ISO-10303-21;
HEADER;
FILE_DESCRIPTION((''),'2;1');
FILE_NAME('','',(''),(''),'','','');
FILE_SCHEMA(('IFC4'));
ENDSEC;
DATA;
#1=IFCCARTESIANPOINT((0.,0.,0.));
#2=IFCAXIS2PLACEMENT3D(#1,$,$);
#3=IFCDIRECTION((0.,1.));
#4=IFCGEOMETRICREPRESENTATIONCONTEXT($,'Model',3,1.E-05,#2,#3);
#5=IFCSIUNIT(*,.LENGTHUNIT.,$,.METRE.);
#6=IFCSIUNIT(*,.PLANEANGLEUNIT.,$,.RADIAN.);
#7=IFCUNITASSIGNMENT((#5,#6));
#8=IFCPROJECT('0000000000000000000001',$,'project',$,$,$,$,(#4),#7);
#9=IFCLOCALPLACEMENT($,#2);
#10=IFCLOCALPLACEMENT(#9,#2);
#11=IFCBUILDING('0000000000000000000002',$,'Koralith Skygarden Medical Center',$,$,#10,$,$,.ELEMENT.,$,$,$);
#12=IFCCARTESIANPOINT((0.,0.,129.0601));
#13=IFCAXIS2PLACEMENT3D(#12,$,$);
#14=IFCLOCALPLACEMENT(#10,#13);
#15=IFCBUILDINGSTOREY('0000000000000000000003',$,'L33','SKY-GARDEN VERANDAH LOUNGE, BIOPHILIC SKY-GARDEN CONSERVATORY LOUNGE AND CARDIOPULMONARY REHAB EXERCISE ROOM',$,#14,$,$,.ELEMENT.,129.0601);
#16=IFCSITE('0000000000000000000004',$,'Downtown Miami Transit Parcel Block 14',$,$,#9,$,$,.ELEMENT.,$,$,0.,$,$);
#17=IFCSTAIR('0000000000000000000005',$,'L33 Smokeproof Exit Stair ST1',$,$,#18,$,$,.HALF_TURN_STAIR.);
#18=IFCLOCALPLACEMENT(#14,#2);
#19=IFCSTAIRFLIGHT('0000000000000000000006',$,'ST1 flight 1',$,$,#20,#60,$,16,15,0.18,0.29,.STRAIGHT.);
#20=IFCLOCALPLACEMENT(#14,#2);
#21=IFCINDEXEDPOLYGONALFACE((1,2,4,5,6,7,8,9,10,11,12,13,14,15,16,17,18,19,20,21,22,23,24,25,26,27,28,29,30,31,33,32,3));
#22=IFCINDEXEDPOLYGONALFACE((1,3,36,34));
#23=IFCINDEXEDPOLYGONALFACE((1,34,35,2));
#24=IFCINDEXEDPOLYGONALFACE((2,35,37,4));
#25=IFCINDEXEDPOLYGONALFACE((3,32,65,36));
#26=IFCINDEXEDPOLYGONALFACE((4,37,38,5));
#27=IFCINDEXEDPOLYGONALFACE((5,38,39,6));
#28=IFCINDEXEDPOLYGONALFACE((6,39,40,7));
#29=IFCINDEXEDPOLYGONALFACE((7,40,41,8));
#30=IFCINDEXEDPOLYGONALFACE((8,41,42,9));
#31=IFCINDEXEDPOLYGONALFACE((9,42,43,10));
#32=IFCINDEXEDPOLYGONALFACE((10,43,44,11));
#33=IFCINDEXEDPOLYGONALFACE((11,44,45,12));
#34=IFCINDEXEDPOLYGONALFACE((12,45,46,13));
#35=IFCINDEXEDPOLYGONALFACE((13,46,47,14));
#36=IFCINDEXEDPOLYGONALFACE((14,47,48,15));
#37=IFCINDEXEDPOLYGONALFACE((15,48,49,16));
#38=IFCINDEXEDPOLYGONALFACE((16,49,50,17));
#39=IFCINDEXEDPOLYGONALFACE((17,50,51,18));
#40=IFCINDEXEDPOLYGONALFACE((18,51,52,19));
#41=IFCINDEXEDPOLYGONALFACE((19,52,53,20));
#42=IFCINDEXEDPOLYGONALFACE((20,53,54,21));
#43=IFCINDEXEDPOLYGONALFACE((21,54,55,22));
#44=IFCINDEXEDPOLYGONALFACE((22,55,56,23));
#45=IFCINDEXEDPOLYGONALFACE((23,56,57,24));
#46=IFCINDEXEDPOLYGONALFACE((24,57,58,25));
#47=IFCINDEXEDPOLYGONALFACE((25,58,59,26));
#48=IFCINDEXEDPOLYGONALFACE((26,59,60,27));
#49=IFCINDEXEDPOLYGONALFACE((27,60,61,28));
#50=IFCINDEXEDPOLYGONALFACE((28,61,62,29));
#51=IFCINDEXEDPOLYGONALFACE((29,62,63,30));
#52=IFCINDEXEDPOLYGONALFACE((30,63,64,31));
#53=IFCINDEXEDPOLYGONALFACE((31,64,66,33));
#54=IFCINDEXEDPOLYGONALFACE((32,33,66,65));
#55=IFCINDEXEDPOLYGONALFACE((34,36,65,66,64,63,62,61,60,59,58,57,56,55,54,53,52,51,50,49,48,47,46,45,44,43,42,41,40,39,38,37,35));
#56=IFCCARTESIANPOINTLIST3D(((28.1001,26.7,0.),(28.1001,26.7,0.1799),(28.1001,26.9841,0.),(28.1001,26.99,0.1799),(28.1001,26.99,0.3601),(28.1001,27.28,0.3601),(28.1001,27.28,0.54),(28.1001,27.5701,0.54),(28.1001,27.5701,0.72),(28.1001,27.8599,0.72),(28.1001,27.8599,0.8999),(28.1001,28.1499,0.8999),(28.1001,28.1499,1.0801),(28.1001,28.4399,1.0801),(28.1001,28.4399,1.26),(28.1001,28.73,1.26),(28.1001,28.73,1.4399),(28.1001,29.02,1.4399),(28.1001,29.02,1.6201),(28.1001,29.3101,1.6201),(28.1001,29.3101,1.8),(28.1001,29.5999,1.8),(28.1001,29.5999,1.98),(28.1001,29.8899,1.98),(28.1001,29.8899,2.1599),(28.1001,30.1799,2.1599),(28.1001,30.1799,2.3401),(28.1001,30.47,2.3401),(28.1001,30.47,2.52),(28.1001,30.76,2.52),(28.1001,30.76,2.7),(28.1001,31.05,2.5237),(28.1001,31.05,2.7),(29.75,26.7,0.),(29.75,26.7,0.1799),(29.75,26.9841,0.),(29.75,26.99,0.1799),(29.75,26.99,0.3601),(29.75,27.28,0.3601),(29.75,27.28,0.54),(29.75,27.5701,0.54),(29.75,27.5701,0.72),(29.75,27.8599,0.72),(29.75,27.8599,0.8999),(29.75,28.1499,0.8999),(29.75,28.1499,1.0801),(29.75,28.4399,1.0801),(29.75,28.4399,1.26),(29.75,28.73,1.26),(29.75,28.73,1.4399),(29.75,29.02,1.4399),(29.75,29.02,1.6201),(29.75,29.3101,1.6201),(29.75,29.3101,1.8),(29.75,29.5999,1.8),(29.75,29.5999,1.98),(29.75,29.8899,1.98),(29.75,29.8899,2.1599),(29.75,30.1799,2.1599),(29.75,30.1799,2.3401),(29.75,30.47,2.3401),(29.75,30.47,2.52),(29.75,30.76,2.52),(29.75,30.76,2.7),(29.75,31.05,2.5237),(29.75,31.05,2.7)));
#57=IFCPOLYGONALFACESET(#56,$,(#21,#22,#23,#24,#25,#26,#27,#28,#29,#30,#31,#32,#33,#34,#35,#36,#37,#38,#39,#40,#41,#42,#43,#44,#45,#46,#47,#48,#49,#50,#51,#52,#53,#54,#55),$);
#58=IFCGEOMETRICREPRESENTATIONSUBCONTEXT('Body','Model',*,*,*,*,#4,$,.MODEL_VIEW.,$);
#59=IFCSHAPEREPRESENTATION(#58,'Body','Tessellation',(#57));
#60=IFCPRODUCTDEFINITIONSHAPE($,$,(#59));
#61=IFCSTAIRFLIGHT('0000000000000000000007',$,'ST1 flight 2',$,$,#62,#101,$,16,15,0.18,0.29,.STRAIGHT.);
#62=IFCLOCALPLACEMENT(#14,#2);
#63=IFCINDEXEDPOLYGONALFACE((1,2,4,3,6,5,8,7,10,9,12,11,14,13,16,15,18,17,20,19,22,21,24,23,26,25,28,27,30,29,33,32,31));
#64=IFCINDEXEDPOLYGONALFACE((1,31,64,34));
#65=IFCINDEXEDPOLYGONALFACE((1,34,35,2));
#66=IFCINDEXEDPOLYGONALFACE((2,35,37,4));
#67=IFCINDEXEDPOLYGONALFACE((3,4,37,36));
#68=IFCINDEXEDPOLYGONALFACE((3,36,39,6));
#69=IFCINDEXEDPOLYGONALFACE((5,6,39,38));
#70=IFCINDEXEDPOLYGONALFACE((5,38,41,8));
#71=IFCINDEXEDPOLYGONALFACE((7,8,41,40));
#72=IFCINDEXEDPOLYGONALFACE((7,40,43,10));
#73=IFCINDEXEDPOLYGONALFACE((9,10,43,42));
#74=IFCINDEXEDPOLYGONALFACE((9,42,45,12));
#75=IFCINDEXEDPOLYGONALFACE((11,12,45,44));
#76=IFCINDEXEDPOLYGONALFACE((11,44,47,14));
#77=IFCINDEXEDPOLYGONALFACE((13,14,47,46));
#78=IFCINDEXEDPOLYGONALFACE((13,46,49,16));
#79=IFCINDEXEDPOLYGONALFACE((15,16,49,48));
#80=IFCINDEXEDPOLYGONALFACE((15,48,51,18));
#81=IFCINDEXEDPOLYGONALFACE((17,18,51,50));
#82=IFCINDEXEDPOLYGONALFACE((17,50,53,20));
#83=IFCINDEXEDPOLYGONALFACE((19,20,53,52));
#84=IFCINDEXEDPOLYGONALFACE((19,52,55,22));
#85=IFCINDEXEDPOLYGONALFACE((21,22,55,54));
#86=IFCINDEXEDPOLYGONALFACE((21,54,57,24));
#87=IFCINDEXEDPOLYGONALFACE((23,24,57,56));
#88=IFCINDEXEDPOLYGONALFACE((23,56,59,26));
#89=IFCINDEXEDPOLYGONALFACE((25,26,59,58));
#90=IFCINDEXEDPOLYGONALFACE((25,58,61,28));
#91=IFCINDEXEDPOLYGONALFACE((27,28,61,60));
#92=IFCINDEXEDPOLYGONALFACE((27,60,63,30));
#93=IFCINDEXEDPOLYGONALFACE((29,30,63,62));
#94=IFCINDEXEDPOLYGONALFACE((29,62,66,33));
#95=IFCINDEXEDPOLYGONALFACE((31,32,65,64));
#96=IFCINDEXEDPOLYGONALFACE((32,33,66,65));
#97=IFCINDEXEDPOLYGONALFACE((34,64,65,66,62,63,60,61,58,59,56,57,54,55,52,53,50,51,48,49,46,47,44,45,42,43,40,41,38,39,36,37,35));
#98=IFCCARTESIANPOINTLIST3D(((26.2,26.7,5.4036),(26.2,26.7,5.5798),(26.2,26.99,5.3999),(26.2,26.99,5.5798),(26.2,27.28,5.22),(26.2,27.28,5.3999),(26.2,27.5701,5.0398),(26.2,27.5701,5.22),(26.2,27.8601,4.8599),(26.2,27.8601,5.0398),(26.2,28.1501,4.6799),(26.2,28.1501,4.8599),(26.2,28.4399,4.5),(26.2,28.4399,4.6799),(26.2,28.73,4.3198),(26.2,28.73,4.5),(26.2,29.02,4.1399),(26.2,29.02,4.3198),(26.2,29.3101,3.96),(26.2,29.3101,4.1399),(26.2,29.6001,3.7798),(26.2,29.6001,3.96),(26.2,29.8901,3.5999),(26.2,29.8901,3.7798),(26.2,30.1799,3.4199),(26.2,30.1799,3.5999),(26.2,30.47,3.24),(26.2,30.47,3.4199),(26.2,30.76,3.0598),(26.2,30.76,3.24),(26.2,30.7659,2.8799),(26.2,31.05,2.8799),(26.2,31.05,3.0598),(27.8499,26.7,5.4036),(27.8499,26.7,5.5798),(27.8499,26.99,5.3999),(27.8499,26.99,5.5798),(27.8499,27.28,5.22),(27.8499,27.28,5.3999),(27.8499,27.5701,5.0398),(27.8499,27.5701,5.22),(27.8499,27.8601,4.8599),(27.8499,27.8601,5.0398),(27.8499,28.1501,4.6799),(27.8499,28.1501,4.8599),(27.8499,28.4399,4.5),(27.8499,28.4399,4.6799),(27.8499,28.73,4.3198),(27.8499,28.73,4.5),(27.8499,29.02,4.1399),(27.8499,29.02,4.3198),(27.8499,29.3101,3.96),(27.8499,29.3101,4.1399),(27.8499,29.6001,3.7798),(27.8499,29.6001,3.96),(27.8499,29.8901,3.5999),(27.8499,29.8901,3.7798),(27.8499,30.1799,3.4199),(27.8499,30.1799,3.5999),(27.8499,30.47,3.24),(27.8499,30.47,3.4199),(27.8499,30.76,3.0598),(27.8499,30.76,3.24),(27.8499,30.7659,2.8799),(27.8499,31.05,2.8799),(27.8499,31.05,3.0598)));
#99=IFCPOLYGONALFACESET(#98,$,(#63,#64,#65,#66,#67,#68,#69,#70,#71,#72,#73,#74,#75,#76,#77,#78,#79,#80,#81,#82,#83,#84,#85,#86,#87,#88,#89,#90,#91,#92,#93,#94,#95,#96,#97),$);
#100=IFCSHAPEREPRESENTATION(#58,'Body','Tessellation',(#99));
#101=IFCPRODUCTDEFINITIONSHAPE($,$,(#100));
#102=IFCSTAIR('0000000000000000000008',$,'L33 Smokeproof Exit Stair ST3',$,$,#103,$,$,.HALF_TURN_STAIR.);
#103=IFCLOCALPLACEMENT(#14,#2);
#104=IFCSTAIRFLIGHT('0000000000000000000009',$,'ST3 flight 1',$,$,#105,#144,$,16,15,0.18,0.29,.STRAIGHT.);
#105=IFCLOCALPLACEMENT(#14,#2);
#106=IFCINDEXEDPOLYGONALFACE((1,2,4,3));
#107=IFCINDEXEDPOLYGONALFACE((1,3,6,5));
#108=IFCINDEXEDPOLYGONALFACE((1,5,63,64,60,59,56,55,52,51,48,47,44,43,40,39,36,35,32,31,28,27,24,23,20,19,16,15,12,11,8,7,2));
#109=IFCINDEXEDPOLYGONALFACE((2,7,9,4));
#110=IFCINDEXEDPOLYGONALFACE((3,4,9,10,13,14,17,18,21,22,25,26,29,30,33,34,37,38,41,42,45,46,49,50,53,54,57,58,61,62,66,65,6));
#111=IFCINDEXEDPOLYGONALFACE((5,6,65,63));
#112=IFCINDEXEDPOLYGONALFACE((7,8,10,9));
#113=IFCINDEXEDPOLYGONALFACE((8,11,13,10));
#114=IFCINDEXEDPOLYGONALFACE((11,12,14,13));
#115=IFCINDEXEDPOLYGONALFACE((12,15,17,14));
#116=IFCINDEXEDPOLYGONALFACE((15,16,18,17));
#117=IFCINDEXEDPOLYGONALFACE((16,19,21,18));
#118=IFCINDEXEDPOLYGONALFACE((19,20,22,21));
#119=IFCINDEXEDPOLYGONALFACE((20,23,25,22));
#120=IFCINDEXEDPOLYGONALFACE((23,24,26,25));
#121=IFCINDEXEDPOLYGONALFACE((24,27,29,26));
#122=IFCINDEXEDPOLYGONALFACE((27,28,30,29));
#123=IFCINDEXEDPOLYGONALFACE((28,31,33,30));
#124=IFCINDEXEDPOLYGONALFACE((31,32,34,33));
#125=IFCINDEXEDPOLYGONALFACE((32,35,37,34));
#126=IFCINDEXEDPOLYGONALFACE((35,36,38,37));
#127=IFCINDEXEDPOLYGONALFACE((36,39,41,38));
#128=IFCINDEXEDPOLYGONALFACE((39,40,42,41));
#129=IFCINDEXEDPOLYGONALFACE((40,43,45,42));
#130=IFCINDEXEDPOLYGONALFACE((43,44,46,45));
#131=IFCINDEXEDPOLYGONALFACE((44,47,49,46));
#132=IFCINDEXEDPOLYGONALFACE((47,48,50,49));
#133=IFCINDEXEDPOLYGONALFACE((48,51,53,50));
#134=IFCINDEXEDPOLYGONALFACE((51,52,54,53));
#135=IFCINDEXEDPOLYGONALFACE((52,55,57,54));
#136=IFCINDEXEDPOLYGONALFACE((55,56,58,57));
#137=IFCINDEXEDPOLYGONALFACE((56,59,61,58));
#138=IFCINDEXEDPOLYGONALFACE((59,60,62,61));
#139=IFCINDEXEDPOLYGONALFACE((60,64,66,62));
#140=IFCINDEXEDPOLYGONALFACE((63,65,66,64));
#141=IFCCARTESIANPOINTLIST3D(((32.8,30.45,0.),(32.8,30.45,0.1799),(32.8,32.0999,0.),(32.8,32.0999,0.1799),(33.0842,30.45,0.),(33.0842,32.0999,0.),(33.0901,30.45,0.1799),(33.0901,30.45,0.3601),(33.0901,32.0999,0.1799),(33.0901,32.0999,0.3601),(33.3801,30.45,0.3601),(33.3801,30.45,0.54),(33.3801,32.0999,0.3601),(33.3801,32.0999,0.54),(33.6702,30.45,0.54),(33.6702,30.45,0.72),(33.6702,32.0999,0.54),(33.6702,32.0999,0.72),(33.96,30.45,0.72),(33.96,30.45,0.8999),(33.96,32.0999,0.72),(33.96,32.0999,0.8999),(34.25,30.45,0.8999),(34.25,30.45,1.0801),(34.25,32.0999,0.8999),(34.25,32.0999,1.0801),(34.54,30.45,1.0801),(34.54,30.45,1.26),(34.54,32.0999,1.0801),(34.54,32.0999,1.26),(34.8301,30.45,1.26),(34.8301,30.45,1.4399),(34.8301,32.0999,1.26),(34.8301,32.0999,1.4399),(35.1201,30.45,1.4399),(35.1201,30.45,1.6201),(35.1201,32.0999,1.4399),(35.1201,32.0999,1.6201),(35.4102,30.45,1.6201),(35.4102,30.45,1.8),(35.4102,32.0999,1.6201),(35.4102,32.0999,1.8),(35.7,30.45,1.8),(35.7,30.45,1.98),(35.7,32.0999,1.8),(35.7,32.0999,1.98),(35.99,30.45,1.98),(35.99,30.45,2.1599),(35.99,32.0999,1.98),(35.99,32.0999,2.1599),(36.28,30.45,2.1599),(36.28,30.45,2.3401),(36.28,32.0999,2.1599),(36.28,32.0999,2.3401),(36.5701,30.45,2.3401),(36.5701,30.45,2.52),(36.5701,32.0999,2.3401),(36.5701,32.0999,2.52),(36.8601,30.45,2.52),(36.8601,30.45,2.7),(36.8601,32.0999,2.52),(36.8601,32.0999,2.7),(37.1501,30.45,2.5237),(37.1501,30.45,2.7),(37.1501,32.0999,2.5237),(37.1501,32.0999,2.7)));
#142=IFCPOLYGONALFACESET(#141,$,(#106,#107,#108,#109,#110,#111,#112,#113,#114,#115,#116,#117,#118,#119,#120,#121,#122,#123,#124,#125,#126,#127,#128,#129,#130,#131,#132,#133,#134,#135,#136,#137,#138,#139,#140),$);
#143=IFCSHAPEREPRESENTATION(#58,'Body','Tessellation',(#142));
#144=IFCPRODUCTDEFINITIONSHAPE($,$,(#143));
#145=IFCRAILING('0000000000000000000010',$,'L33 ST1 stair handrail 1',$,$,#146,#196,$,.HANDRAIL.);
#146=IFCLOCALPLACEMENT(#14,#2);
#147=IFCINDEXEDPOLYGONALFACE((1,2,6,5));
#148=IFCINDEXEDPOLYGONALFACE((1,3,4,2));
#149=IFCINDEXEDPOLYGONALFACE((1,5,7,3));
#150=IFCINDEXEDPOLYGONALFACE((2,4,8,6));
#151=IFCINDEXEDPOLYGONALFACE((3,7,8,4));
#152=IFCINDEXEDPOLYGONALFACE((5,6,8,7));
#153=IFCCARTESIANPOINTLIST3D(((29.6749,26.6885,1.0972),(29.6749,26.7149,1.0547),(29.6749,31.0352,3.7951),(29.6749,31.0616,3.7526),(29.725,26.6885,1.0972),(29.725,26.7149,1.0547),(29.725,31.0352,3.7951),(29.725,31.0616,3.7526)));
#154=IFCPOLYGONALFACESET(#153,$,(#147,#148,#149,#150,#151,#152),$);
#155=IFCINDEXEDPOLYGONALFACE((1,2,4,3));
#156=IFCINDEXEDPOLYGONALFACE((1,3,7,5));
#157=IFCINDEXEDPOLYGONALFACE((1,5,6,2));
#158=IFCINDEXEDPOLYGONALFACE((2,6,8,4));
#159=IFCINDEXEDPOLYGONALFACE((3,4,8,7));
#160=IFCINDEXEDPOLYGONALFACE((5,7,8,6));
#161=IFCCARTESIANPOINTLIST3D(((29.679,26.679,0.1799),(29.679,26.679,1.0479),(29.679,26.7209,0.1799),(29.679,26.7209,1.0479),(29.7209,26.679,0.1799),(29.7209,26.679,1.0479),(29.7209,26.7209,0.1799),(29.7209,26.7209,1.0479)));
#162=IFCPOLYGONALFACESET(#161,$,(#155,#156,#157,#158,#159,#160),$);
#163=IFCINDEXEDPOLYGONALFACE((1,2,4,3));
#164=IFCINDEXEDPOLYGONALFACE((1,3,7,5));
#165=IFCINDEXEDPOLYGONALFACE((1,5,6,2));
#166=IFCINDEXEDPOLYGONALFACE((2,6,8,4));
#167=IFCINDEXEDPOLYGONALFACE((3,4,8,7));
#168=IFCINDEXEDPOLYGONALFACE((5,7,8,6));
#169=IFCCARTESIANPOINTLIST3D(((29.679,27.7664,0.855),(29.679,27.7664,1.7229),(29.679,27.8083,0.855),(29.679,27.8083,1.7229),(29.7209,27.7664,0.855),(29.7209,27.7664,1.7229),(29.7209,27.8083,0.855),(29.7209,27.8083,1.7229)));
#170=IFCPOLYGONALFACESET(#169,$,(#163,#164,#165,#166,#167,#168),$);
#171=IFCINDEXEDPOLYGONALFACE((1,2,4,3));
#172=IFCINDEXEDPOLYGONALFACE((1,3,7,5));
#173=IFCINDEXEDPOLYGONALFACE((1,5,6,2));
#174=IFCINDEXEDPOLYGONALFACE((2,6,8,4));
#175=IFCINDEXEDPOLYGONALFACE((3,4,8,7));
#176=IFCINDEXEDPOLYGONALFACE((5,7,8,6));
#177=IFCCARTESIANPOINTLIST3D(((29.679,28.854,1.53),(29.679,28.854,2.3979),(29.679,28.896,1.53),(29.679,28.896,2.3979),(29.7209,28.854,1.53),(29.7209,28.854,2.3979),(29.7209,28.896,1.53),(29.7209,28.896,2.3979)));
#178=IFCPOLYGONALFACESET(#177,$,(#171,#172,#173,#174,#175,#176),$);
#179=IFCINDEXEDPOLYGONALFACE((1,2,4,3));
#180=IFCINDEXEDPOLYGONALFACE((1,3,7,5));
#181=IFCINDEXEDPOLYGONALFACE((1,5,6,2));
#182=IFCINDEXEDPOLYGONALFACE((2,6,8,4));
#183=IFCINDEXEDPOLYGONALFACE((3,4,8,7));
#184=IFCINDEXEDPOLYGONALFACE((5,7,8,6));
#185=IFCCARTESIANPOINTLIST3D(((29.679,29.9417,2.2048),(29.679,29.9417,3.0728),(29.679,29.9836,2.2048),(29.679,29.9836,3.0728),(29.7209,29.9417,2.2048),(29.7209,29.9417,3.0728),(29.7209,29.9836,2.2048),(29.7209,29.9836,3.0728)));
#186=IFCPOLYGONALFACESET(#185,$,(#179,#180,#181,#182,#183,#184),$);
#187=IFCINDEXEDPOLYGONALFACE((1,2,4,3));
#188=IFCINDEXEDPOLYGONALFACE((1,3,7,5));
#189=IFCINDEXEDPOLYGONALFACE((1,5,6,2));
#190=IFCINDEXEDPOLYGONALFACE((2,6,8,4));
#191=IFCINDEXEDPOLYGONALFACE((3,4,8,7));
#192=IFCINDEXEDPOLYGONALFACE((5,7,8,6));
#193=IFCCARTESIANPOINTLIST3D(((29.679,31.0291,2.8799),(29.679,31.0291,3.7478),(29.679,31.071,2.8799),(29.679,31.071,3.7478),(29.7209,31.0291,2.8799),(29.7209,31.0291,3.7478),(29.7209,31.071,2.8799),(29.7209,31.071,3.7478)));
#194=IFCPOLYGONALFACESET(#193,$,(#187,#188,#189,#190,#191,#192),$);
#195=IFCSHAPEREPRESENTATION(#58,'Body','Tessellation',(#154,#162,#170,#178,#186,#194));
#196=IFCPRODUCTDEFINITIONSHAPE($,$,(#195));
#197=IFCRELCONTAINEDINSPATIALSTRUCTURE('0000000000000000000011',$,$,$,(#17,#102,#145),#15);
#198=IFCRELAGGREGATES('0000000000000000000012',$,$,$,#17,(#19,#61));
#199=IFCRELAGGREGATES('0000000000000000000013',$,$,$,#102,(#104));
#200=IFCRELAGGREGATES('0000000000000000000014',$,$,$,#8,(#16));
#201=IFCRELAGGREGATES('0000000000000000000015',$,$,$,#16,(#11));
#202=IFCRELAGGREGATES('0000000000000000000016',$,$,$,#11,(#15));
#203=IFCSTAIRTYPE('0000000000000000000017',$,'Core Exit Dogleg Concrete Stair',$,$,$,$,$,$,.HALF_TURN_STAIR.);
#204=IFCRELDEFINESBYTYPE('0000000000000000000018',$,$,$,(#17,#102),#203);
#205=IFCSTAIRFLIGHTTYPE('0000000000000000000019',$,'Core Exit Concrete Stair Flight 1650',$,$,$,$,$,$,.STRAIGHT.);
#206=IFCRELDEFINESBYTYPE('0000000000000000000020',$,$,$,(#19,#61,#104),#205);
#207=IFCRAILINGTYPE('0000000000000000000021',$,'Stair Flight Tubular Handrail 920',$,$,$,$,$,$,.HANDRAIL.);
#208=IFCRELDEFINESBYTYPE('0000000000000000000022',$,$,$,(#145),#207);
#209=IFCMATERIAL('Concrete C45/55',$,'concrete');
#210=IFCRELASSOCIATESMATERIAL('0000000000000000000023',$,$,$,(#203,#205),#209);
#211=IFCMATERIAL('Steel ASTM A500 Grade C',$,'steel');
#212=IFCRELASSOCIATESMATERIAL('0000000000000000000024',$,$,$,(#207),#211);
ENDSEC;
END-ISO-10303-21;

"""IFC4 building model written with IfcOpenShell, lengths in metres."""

from ifc_helpers import new_model, si_unit, direction, frame, origin, origin_2d, place, context, subcontext, project, spatial, polyline, rectangle, outline, extrude, material, type_object, element, aggregate, save


model = new_model("IFC4")

# Units and contexts
model_context = context("Model", 3, precision=1e-05, world=origin(), true_north=direction((0.0, 1.0)))
body_context = subcontext(model_context, "Body", "Model", "MODEL_VIEW")
ifc_project = project(units=[si_unit("LENGTHUNIT", "METRE"), si_unit("PLANEANGLEUNIT", "RADIAN")], contexts=[model_context])

# Site, building, storey
site_placement = place(None, origin())
site = spatial("IfcSite", under=ifc_project, at=site_placement, Name="Downtown Miami Transit Parcel Block 14", CompositionType="ELEMENT", RefElevation=0.0)
building_placement = place(site_placement, origin())
building = spatial("IfcBuilding", under=site, at=building_placement, Name="Koralith Skygarden Medical Center", CompositionType="ELEMENT")
storey_placement = place(building_placement, frame((0.0, 0.0, 129.0601)))
storey = spatial("IfcBuildingStorey", under=building, at=storey_placement, Name="L33", Description="SKY-GARDEN VERANDAH LOUNGE, BIOPHILIC SKY-GARDEN CONSERVATORY LOUNGE AND CARDIOPULMONARY REHAB EXERCISE ROOM", CompositionType="ELEMENT", Elevation=129.0601)

# Shared definitions
ifc_material_1 = material(Name="Concrete C45/55", Category="concrete")

# Stair, stair flights
stair_type = type_object("IfcStairType", Name="Core Exit Dogleg Concrete Stair", PredefinedType="HALF_TURN_STAIR", material=ifc_material_1)
stair_1_placement = place(storey_placement, origin())
stair_1 = element("IfcStair", 1, at=stair_1_placement, inside=storey, type_object=stair_type, Name="L33 Smokeproof Exit Stair ST1", PredefinedType="HALF_TURN_STAIR")
stair_flight_type = type_object("IfcStairFlightType", Name="Core Exit Concrete Stair Flight 1650", PredefinedType="STRAIGHT", material=ifc_material_1)
stair_flight_1_placement = place(storey_placement, frame((28.925, 26.7, 0.0), z_axis=(0.0, 0.0, 1.0), x_axis=(0.0, 1.0, 0.0)))
stair_flight_1 = element("IfcStairFlight", 2, at=stair_flight_1_placement, type_object=stair_flight_type, Name="ST1 flight 1", NumberOfRisers=16, NumberOfTreads=15, PredefinedType="STRAIGHT", RiserHeight=0.18, TreadLength=0.29, context=body_context, shape_type="SweptSolid", body=[
    extrude(outline(polyline([(0.0, 0.0), (0.0, 0.1799), (0.29, 0.1799), (0.29, 0.3601), (0.5801, 0.3601), (0.5801, 0.54), (0.8701, 0.54), (0.8701, 0.72), (1.1599, 0.72), (1.1599, 0.8999), (1.45, 0.8999), (1.45, 1.0801), (1.74, 1.0801), (1.74, 1.26), (2.03, 1.26), (2.03, 1.4399), (2.3201, 1.4399), (2.3201, 1.6201), (2.6101, 1.6201), (2.6101, 1.8), (2.8999, 1.8), (2.8999, 1.98), (3.1899, 1.98), (3.1899, 2.1599), (3.48, 2.1599), (3.48, 2.3401), (3.77, 2.3401), (3.77, 2.52), (4.0601, 2.52), (4.0601, 2.7), (4.3501, 2.7), (4.3501, 2.8799), (4.3501, 2.5237), (0.2842, 0.0), (0.0, 0.0)])), frame((0.0, 0.825, 0.0), z_axis=(0.0, -1.0, 0.0), x_axis=(1.0, 0.0, 0.0)), (0.0, 0.0, 1.0), 1.6499),
])
stair_flight_2_placement = place(storey_placement, frame((27.0249, 31.05, 2.8799), z_axis=(0.0, 0.0, 1.0), x_axis=(0.0, -1.0, 0.0)))
stair_flight_2 = element("IfcStairFlight", 3, at=stair_flight_2_placement, type_object=stair_flight_type, Name="ST1 flight 2", NumberOfRisers=16, NumberOfTreads=15, PredefinedType="STRAIGHT", RiserHeight=0.18, TreadLength=0.29, context=body_context, shape_type="SweptSolid", body=[
    extrude(outline(polyline([(0.0, 0.0), (0.0, 0.1799), (0.29, 0.1799), (0.29, 0.3601), (0.5801, 0.3601), (0.5801, 0.54), (0.8701, 0.54), (0.8701, 0.72), (1.1599, 0.72), (1.1599, 0.8999), (1.45, 0.8999), (1.45, 1.0801), (1.74, 1.0801), (1.74, 1.26), (2.03, 1.26), (2.03, 1.4399), (2.3201, 1.4399), (2.3201, 1.6201), (2.6101, 1.6201), (2.6101, 1.8), (2.8999, 1.8), (2.8999, 1.98), (3.1899, 1.98), (3.1899, 2.1599), (3.48, 2.1599), (3.48, 2.3401), (3.77, 2.3401), (3.77, 2.52), (4.0601, 2.52), (4.0601, 2.7), (4.3501, 2.7), (4.3501, 2.8799), (4.3501, 2.5237), (0.2842, 0.0), (0.0, 0.0)])), frame((0.0, 0.825, 0.0), z_axis=(0.0, -1.0, 0.0), x_axis=(1.0, 0.0, 0.0)), (0.0, 0.0, 1.0), 1.6499),
])
aggregate(stair_1, [stair_flight_1, stair_flight_2])

# Stair, stair flight
stair_2_placement = place(storey_placement, origin())
stair_2 = element("IfcStair", 4, at=stair_2_placement, inside=storey, type_object=stair_type, Name="L33 Smokeproof Exit Stair ST3", PredefinedType="HALF_TURN_STAIR")
stair_flight_3_placement = place(storey_placement, frame((32.8, 31.2749, 0.0), z_axis=(0.0, 0.0, 1.0), x_axis=(1.0, 0.0, 0.0)))
stair_flight_3 = element("IfcStairFlight", 5, at=stair_flight_3_placement, type_object=stair_flight_type, Name="ST3 flight 1", NumberOfRisers=16, NumberOfTreads=15, PredefinedType="STRAIGHT", RiserHeight=0.18, TreadLength=0.29, context=body_context, shape_type="SweptSolid", body=[
    extrude(outline(polyline([(0.0, 0.0), (0.0, 0.1799), (0.29, 0.1799), (0.29, 0.3601), (0.5801, 0.3601), (0.5801, 0.54), (0.8701, 0.54), (0.8701, 0.72), (1.1599, 0.72), (1.1599, 0.8999), (1.45, 0.8999), (1.45, 1.0801), (1.74, 1.0801), (1.74, 1.26), (2.03, 1.26), (2.03, 1.4399), (2.3201, 1.4399), (2.3201, 1.6201), (2.6101, 1.6201), (2.6101, 1.8), (2.8999, 1.8), (2.8999, 1.98), (3.1899, 1.98), (3.1899, 2.1599), (3.48, 2.1599), (3.48, 2.3401), (3.77, 2.3401), (3.77, 2.52), (4.0601, 2.52), (4.0601, 2.7), (4.3501, 2.7), (4.3501, 2.8799), (4.3501, 2.5237), (0.2842, 0.0), (0.0, 0.0)])), frame((0.0, 0.825, 0.0), z_axis=(0.0, -1.0, 0.0), x_axis=(1.0, 0.0, 0.0)), (0.0, 0.0, 1.0), 1.6499),
])
aggregate(stair_2, [stair_flight_3])

# Railing
ifc_material_2 = material(Name="Steel ASTM A500 Grade C", Category="steel")
railing_type_1 = type_object("IfcRailingType", Name="Stair Flight Tubular Handrail 920", PredefinedType="HANDRAIL", material=ifc_material_2)
railing_1_placement = place(storey_placement, frame((29.7, 26.7, 0.1799)))
element("IfcRailing", 6, at=railing_1_placement, inside=storey, type_object=railing_type_1, Name="L33 ST1 stair handrail 1", PredefinedType="HANDRAIL", context=body_context, shape_type="SweptSolid", body=[
    extrude(rectangle(XDim=0.05, YDim=0.05, at=origin_2d()), frame((0.0, 0.0017, 0.896), z_axis=(0.0, 0.84965, 0.527347), x_axis=(-1.0, 0.0, 0.0)), (0.0, 0.0, 1.0), 5.116),
    extrude(rectangle(XDim=0.042, YDim=0.042, at=origin_2d()), origin(), (0.0, 0.0, 1.0), 0.8679),
    extrude(rectangle(XDim=0.042, YDim=0.042, at=origin_2d()), frame((0.0, 1.0874, 0.675)), (0.0, 0.0, 1.0), 0.8679),
    extrude(rectangle(XDim=0.042, YDim=0.042, at=origin_2d()), frame((0.0, 2.175, 1.3501)), (0.0, 0.0, 1.0), 0.8679),
    extrude(rectangle(XDim=0.042, YDim=0.042, at=origin_2d()), frame((0.0, 3.2627, 2.0249)), (0.0, 0.0, 1.0), 0.8679),
    extrude(rectangle(XDim=0.042, YDim=0.042, at=origin_2d()), frame((0.0, 4.3501, 2.7)), (0.0, 0.0, 1.0), 0.8679),
])

save(model, "model.ifc")
